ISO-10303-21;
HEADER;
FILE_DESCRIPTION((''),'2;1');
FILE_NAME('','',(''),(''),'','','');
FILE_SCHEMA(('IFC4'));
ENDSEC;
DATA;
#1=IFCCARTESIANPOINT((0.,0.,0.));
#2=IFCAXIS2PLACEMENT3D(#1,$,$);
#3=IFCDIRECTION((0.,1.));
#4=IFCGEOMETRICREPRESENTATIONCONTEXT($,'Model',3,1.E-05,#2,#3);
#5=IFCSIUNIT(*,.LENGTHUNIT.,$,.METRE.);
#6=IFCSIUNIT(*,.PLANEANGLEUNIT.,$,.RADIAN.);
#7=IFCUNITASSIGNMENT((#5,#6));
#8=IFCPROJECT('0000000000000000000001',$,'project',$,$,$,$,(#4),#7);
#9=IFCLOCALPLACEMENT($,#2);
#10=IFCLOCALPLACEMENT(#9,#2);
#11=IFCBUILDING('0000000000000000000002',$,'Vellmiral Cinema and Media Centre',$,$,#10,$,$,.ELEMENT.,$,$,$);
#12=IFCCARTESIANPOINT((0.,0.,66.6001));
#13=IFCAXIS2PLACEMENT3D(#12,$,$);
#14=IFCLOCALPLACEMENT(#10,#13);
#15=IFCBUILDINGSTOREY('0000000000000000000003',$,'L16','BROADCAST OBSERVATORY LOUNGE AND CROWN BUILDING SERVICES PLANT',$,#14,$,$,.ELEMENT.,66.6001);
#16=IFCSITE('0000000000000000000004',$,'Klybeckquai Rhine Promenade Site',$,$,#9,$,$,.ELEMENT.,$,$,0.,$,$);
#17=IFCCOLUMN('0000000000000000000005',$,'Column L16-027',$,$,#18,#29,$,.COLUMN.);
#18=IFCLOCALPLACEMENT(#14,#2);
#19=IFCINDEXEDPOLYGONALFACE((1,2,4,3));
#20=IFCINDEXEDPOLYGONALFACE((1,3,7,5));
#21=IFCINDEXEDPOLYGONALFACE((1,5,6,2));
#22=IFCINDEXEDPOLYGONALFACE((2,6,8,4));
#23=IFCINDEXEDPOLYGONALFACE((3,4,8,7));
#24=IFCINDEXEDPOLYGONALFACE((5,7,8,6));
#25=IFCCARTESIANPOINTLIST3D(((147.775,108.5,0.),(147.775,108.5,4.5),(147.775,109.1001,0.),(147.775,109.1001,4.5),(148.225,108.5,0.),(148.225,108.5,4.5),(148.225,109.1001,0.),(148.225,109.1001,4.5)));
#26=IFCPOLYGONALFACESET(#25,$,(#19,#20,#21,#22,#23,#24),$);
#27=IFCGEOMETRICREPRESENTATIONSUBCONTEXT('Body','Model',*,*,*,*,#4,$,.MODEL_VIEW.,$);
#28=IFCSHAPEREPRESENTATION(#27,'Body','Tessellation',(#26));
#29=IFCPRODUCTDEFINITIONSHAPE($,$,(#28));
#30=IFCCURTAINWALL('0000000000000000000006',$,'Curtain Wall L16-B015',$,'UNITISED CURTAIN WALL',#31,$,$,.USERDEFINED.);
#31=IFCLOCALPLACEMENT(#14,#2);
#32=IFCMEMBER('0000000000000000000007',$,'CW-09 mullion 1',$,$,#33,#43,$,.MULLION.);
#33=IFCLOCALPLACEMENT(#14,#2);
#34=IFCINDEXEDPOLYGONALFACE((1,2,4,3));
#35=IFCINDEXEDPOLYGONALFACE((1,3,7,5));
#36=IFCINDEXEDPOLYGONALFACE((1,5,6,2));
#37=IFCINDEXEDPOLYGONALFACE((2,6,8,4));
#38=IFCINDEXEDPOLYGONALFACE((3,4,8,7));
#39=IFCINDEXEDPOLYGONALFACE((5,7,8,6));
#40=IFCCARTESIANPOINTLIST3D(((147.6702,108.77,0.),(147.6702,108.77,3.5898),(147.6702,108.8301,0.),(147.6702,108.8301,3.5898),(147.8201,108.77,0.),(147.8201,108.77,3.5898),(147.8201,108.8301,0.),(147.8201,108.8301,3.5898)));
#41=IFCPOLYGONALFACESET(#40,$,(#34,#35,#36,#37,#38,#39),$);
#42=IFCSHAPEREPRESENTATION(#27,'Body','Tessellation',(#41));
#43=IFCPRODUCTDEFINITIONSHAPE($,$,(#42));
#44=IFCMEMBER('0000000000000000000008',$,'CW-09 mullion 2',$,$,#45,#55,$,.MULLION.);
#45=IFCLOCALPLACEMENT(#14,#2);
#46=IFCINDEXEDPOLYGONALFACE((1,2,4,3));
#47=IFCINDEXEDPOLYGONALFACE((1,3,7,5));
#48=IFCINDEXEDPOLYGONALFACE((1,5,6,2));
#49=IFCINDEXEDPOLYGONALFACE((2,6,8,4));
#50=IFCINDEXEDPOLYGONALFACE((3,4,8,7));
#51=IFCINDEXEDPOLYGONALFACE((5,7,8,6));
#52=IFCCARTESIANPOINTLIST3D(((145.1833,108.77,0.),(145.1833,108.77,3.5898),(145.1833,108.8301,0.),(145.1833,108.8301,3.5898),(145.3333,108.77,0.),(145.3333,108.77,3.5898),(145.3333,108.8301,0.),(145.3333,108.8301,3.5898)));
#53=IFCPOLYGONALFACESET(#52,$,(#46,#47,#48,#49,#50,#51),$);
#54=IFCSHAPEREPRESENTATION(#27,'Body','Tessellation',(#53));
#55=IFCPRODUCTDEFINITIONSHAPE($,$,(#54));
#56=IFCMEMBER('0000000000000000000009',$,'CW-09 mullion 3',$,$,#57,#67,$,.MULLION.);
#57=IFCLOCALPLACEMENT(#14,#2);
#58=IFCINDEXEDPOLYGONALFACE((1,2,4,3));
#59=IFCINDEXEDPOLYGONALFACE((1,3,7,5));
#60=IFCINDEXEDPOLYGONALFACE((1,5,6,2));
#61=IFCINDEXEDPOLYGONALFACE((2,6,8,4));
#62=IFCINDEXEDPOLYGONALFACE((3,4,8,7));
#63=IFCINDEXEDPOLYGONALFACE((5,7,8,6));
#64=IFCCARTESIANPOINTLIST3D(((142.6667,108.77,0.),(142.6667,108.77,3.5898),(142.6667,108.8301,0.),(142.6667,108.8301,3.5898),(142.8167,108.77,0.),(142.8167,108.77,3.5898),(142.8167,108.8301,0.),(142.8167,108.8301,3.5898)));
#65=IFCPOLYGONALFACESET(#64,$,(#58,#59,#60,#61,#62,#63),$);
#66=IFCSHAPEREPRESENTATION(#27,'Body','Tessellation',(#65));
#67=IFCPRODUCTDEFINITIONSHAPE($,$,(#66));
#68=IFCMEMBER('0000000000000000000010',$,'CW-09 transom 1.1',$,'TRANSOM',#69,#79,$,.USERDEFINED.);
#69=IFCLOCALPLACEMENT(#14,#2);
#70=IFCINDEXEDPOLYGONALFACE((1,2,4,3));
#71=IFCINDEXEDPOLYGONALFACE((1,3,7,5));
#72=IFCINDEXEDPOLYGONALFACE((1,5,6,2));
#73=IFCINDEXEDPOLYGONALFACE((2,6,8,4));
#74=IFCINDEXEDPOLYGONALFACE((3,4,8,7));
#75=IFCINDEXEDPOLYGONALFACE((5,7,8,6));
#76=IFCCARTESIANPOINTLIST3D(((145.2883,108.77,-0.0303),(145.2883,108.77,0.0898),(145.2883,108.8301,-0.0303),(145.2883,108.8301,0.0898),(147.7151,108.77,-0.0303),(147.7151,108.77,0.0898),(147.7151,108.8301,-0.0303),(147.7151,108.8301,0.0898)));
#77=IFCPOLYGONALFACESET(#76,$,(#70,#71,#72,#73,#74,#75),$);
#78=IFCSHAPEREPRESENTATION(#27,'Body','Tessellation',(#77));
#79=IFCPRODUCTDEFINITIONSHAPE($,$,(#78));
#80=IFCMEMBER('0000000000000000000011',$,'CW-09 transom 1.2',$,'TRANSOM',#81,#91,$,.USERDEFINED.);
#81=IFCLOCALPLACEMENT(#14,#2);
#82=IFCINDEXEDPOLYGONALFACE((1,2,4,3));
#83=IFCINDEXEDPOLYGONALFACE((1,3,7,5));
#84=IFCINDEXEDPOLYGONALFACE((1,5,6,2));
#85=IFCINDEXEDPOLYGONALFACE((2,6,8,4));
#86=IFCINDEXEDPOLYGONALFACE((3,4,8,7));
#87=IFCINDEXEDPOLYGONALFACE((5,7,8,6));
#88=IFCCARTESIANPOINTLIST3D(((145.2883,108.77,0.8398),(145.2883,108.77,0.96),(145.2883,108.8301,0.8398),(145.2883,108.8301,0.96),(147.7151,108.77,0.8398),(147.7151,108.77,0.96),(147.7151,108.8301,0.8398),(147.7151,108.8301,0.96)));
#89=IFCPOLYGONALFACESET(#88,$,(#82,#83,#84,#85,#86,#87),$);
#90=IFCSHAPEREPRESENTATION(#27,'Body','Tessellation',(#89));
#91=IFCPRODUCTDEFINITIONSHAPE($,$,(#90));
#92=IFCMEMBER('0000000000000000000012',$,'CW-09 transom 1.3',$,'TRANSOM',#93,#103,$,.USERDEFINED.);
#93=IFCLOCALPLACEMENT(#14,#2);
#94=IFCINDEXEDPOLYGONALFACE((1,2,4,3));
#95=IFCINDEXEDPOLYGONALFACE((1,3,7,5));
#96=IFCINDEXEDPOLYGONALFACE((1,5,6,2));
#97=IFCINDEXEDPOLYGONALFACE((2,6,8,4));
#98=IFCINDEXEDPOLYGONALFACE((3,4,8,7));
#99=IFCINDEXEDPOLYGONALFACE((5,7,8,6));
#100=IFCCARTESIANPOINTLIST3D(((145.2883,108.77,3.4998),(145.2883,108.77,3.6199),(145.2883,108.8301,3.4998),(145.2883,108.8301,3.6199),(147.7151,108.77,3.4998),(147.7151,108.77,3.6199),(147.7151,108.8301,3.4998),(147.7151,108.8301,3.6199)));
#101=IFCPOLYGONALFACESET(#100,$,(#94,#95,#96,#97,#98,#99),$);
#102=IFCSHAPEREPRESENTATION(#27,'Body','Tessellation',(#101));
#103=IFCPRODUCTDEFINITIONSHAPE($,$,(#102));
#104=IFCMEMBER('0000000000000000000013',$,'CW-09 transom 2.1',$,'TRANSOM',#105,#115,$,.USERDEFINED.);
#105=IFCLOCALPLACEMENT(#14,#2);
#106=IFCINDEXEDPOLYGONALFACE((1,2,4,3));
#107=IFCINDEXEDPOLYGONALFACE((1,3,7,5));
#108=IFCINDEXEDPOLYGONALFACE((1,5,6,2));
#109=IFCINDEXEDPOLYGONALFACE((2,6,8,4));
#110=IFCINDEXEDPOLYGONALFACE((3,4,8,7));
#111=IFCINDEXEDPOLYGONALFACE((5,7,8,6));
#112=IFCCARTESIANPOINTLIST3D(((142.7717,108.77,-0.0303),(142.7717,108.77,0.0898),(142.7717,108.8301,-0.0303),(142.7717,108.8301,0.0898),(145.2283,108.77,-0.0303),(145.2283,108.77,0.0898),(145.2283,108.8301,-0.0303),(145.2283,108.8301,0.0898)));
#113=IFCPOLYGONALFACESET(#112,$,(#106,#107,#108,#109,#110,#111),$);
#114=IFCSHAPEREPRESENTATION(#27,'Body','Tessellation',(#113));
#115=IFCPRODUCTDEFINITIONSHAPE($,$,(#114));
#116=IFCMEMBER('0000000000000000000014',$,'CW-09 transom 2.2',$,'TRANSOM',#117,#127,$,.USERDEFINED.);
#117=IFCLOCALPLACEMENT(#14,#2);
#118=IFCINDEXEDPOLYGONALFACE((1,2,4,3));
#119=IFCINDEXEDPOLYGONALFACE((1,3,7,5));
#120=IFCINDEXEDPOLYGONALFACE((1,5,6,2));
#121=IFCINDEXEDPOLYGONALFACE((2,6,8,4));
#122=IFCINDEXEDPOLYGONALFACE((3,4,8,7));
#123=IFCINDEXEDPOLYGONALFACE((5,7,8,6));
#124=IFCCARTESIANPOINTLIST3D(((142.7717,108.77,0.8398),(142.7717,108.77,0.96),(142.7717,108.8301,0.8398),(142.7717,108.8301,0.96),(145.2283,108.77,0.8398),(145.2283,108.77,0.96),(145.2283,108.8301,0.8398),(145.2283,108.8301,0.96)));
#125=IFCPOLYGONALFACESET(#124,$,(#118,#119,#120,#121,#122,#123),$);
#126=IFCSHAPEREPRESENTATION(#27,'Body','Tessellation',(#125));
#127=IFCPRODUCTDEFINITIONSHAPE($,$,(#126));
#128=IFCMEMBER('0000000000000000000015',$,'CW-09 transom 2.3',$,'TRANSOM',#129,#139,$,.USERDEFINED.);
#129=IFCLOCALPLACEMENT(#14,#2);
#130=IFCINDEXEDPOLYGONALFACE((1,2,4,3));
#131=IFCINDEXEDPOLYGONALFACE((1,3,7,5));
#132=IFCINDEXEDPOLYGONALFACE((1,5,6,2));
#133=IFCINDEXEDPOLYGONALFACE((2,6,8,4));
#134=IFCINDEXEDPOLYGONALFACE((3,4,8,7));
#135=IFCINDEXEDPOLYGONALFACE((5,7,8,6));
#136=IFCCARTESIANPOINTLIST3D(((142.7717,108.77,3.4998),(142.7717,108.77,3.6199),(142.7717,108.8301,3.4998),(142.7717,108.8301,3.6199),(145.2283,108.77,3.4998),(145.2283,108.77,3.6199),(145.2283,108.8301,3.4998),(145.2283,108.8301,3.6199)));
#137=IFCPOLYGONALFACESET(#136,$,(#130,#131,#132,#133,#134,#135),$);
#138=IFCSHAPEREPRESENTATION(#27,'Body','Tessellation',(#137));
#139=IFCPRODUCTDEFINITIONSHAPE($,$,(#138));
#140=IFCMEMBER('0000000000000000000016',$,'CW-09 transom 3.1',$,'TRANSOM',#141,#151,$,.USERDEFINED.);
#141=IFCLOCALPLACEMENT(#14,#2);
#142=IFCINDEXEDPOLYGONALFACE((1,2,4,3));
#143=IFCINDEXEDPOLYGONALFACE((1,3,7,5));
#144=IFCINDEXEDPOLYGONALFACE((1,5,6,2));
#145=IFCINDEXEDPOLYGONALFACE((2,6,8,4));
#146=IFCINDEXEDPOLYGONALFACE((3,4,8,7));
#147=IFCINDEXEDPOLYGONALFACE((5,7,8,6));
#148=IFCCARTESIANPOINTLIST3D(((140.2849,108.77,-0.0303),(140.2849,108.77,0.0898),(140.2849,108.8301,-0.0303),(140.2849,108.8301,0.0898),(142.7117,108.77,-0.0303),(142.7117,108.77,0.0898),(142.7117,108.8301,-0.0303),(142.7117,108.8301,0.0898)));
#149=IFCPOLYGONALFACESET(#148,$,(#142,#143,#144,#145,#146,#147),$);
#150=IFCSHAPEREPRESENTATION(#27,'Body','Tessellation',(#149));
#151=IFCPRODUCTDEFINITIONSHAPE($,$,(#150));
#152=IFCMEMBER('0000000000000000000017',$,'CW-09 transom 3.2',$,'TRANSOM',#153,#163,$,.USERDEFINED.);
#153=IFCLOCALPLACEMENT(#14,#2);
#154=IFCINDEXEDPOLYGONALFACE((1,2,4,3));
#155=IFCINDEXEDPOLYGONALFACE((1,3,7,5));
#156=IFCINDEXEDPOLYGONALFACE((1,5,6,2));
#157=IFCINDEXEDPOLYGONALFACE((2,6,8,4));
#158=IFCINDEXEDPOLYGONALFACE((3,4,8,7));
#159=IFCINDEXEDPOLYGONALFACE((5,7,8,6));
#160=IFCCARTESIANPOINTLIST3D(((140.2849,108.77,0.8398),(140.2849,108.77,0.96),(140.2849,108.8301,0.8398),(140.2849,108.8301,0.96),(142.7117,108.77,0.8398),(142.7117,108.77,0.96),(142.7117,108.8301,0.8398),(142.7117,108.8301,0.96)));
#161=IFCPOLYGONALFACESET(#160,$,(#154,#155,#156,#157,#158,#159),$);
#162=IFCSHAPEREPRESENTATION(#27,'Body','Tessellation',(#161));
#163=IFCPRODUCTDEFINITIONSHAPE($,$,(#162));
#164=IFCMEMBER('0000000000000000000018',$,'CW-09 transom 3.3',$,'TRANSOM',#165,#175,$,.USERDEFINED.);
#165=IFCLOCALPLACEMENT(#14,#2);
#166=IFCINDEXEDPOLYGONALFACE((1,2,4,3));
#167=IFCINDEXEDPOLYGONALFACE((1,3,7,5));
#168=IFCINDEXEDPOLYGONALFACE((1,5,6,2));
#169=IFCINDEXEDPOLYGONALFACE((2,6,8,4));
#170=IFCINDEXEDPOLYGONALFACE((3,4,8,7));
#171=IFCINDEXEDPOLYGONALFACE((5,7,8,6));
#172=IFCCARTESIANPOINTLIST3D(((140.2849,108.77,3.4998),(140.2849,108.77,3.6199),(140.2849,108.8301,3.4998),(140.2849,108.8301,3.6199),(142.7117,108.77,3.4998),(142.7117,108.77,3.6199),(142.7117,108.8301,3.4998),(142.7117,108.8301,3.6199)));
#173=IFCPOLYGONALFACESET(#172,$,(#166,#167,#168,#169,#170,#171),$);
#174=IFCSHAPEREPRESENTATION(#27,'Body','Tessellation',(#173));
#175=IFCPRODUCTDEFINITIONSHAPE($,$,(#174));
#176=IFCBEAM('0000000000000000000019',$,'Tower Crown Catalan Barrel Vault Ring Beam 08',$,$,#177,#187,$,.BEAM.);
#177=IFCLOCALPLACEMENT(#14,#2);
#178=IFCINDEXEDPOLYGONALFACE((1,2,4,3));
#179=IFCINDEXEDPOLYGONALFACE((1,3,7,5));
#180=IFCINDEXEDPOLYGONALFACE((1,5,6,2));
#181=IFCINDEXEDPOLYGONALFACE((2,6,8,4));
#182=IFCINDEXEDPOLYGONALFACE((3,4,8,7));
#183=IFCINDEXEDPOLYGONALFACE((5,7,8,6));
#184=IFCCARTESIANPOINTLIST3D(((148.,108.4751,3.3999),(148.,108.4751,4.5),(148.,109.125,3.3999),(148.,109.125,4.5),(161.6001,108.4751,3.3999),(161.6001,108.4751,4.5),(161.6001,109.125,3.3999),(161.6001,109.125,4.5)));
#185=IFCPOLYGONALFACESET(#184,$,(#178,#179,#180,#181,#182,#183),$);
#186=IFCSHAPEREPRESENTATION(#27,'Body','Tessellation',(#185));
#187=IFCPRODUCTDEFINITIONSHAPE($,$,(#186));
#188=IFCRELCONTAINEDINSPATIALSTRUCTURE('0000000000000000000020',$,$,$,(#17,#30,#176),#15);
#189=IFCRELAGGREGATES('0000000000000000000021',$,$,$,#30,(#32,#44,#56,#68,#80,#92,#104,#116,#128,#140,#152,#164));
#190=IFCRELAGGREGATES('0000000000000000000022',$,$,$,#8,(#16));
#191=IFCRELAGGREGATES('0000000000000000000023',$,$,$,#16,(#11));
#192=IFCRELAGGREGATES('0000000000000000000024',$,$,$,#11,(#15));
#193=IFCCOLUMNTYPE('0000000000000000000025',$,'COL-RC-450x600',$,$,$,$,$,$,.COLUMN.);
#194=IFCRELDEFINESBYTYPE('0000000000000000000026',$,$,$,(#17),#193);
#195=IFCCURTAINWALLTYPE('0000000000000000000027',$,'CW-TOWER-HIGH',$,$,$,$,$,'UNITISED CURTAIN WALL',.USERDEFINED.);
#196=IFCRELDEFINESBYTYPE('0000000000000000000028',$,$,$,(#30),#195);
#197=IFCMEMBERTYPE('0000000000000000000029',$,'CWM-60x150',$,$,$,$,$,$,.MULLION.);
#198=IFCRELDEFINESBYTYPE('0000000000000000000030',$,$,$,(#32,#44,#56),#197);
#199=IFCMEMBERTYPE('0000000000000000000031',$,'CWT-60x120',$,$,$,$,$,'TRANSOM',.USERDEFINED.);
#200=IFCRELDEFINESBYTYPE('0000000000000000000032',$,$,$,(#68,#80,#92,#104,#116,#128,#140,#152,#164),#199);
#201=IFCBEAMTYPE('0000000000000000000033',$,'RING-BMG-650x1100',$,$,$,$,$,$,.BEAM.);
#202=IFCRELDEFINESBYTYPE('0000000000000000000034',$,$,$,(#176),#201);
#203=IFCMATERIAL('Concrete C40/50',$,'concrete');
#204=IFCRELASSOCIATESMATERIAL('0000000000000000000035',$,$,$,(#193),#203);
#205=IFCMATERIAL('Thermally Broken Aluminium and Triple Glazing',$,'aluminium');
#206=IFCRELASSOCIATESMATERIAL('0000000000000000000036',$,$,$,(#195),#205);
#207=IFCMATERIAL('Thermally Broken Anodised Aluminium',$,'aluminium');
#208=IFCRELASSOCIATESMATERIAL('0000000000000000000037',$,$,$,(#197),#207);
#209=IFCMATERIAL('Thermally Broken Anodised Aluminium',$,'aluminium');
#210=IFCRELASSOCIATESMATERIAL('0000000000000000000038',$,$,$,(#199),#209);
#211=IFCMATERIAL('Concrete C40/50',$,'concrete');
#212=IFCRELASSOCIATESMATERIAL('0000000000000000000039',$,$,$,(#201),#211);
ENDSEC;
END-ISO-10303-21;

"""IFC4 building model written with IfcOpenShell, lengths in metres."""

from ifc_helpers import new_model, si_unit, direction, frame, origin, origin_2d, place, context, subcontext, project, spatial, rectangle, extrude, material, material_profile, profile_set, type_object, element, aggregate, save


model = new_model("IFC4")

# Units and contexts
model_context = context("Model", 3, precision=1e-05, world=origin(), true_north=direction((0.0, 1.0)))
body_context = subcontext(model_context, "Body", "Model", "MODEL_VIEW")
ifc_project = project(units=[si_unit("LENGTHUNIT", "METRE"), si_unit("PLANEANGLEUNIT", "RADIAN")], contexts=[model_context])

# Site, building, storey
site_placement = place(None, origin())
site = spatial("IfcSite", under=ifc_project, at=site_placement, Name="Klybeckquai Rhine Promenade Site", CompositionType="ELEMENT", RefElevation=0.0)
building_placement = place(site_placement, origin())
building = spatial("IfcBuilding", under=site, at=building_placement, Name="Vellmiral Cinema and Media Centre", CompositionType="ELEMENT")
storey_placement = place(building_placement, frame((0.0, 0.0, 66.6001)))
storey = spatial("IfcBuildingStorey", under=building, at=storey_placement, Name="L16", Description="BROADCAST OBSERVATORY LOUNGE AND CROWN BUILDING SERVICES PLANT", CompositionType="ELEMENT", Elevation=66.6001)

# Column
ifc_material_1 = material(Name="Concrete C40/50", Category="concrete")
ifc_material_profile_1 = material_profile(ifc_material_1, rectangle(XDim=0.45, YDim=0.6001, at=origin_2d()), Name="RC 450x600")
ifc_profile_set_1 = profile_set([ifc_material_profile_1], Name="Concrete C40/50")
column_type = type_object("IfcColumnType", Name="COL-RC-450x600", PredefinedType="COLUMN", material=ifc_profile_set_1)
column_placement = place(storey_placement, frame((148.0, 108.8, 0.0), z_axis=(0.0, 0.0, 1.0), x_axis=(1.0, 0.0, 0.0)))
element("IfcColumn", 1, at=column_placement, inside=storey, type_object=column_type, Name="Column L16-027", PredefinedType="COLUMN", context=body_context, shape_type="SweptSolid", body=[
    extrude(rectangle(XDim=0.45, YDim=0.6001, at=origin_2d()), origin(), (0.0, 0.0, 1.0), 4.5),
])

# Curtain wall, members
ifc_material_2 = material(Name="Thermally Broken Aluminium and Triple Glazing", Category="aluminium")
curtain_wall_type = type_object("IfcCurtainWallType", Name="CW-TOWER-HIGH", ElementType="UNITISED CURTAIN WALL", PredefinedType="USERDEFINED", material=ifc_material_2)
curtain_wall_placement = place(storey_placement, origin())
curtain_wall = element("IfcCurtainWall", 2, at=curtain_wall_placement, inside=storey, type_object=curtain_wall_type, Name="Curtain Wall L16-B015", ObjectType="UNITISED CURTAIN WALL", PredefinedType="USERDEFINED")
ifc_material_3 = material(Name="Thermally Broken Anodised Aluminium", Category="aluminium")
ifc_material_profile_2 = material_profile(ifc_material_3, rectangle(XDim=0.0601, YDim=0.1499, at=origin_2d()), Name="MULL 60x150")
ifc_profile_set_2 = profile_set([ifc_material_profile_2], Name="Thermally Broken Anodised Aluminium")
member_type_1 = type_object("IfcMemberType", Name="CWM-60x150", PredefinedType="MULLION", material=ifc_profile_set_2)
member_1_placement = place(storey_placement, frame((147.7451, 108.8, 0.0), z_axis=(0.0, 0.0, 1.0), x_axis=(0.0, -1.0, 0.0)))
member_1 = element("IfcMember", 3, at=member_1_placement, type_object=member_type_1, Name="CW-09 mullion 1", PredefinedType="MULLION", context=body_context, shape_type="SweptSolid", body=[
    extrude(rectangle(XDim=0.0601, YDim=0.1499, at=origin_2d()), origin(), (0.0, 0.0, 1.0), 3.5898),
])
member_2_placement = place(storey_placement, frame((145.2583, 108.8, 0.0), z_axis=(0.0, 0.0, 1.0), x_axis=(0.0, -1.0, 0.0)))
member_2 = element("IfcMember", 4, at=member_2_placement, type_object=member_type_1, Name="CW-09 mullion 2", PredefinedType="MULLION", context=body_context, shape_type="SweptSolid", body=[
    extrude(rectangle(XDim=0.0601, YDim=0.1499, at=origin_2d()), origin(), (0.0, 0.0, 1.0), 3.5898),
])
member_3_placement = place(storey_placement, frame((142.7417, 108.8, 0.0), z_axis=(0.0, 0.0, 1.0), x_axis=(0.0, -1.0, 0.0)))
member_3 = element("IfcMember", 5, at=member_3_placement, type_object=member_type_1, Name="CW-09 mullion 3", PredefinedType="MULLION", context=body_context, shape_type="SweptSolid", body=[
    extrude(rectangle(XDim=0.0601, YDim=0.1499, at=origin_2d()), origin(), (0.0, 0.0, 1.0), 3.5898),
])
ifc_material_4 = material(Name="Thermally Broken Anodised Aluminium", Category="aluminium")
ifc_material_profile_3 = material_profile(ifc_material_4, rectangle(XDim=0.0601, YDim=0.1201, at=origin_2d()), Name="MULL 60x120")
ifc_profile_set_3 = profile_set([ifc_material_profile_3], Name="Thermally Broken Anodised Aluminium")
member_type_2 = type_object("IfcMemberType", Name="CWT-60x120", ElementType="TRANSOM", PredefinedType="USERDEFINED", material=ifc_profile_set_3)
member_4_placement = place(storey_placement, frame((147.7151, 108.8, 0.0298), z_axis=(-1.0, 0.0, 0.0), x_axis=(0.0, -1.0, 0.0)))
member_4 = element("IfcMember", 6, at=member_4_placement, type_object=member_type_2, Name="CW-09 transom 1.1", ObjectType="TRANSOM", PredefinedType="USERDEFINED", context=body_context, shape_type="SweptSolid", body=[
    extrude(rectangle(XDim=0.0601, YDim=0.1201, at=origin_2d()), origin(), (0.0, 0.0, 1.0), 2.4268),
])
member_5_placement = place(storey_placement, frame((147.7151, 108.8, 0.8999), z_axis=(-1.0, 0.0, 0.0), x_axis=(0.0, -1.0, 0.0)))
member_5 = element("IfcMember", 7, at=member_5_placement, type_object=member_type_2, Name="CW-09 transom 1.2", ObjectType="TRANSOM", PredefinedType="USERDEFINED", context=body_context, shape_type="SweptSolid", body=[
    extrude(rectangle(XDim=0.0601, YDim=0.1201, at=origin_2d()), origin(), (0.0, 0.0, 1.0), 2.4268),
])
member_6_placement = place(storey_placement, frame((147.7151, 108.8, 3.5598), z_axis=(-1.0, 0.0, 0.0), x_axis=(0.0, -1.0, 0.0)))
member_6 = element("IfcMember", 8, at=member_6_placement, type_object=member_type_2, Name="CW-09 transom 1.3", ObjectType="TRANSOM", PredefinedType="USERDEFINED", context=body_context, shape_type="SweptSolid", body=[
    extrude(rectangle(XDim=0.0601, YDim=0.1201, at=origin_2d()), origin(), (0.0, 0.0, 1.0), 2.4268),
])
member_7_placement = place(storey_placement, frame((145.2283, 108.8, 0.0298), z_axis=(-1.0, 0.0, 0.0), x_axis=(0.0, -1.0, 0.0)))
member_7 = element("IfcMember", 9, at=member_7_placement, type_object=member_type_2, Name="CW-09 transom 2.1", ObjectType="TRANSOM", PredefinedType="USERDEFINED", context=body_context, shape_type="SweptSolid", body=[
    extrude(rectangle(XDim=0.0601, YDim=0.1201, at=origin_2d()), origin(), (0.0, 0.0, 1.0), 2.4565),
])
member_8_placement = place(storey_placement, frame((145.2283, 108.8, 0.8999), z_axis=(-1.0, 0.0, 0.0), x_axis=(0.0, -1.0, 0.0)))
member_8 = element("IfcMember", 10, at=member_8_placement, type_object=member_type_2, Name="CW-09 transom 2.2", ObjectType="TRANSOM", PredefinedType="USERDEFINED", context=body_context, shape_type="SweptSolid", body=[
    extrude(rectangle(XDim=0.0601, YDim=0.1201, at=origin_2d()), origin(), (0.0, 0.0, 1.0), 2.4565),
])
member_9_placement = place(storey_placement, frame((145.2283, 108.8, 3.5598), z_axis=(-1.0, 0.0, 0.0), x_axis=(0.0, -1.0, 0.0)))
member_9 = element("IfcMember", 11, at=member_9_placement, type_object=member_type_2, Name="CW-09 transom 2.3", ObjectType="TRANSOM", PredefinedType="USERDEFINED", context=body_context, shape_type="SweptSolid", body=[
    extrude(rectangle(XDim=0.0601, YDim=0.1201, at=origin_2d()), origin(), (0.0, 0.0, 1.0), 2.4565),
])
member_10_placement = place(storey_placement, frame((142.7117, 108.8, 0.0298), z_axis=(-1.0, 0.0, 0.0), x_axis=(0.0, -1.0, 0.0)))
member_10 = element("IfcMember", 12, at=member_10_placement, type_object=member_type_2, Name="CW-09 transom 3.1", ObjectType="TRANSOM", PredefinedType="USERDEFINED", context=body_context, shape_type="SweptSolid", body=[
    extrude(rectangle(XDim=0.0601, YDim=0.1201, at=origin_2d()), origin(), (0.0, 0.0, 1.0), 2.4268),
])
member_11_placement = place(storey_placement, frame((142.7117, 108.8, 0.8999), z_axis=(-1.0, 0.0, 0.0), x_axis=(0.0, -1.0, 0.0)))
member_11 = element("IfcMember", 13, at=member_11_placement, type_object=member_type_2, Name="CW-09 transom 3.2", ObjectType="TRANSOM", PredefinedType="USERDEFINED", context=body_context, shape_type="SweptSolid", body=[
    extrude(rectangle(XDim=0.0601, YDim=0.1201, at=origin_2d()), origin(), (0.0, 0.0, 1.0), 2.4268),
])
member_12_placement = place(storey_placement, frame((142.7117, 108.8, 3.5598), z_axis=(-1.0, 0.0, 0.0), x_axis=(0.0, -1.0, 0.0)))
member_12 = element("IfcMember", 14, at=member_12_placement, type_object=member_type_2, Name="CW-09 transom 3.3", ObjectType="TRANSOM", PredefinedType="USERDEFINED", context=body_context, shape_type="SweptSolid", body=[
    extrude(rectangle(XDim=0.0601, YDim=0.1201, at=origin_2d()), origin(), (0.0, 0.0, 1.0), 2.4268),
])

# Beam
ifc_material_5 = material(Name="Concrete C40/50", Category="concrete")
ifc_material_profile_4 = material_profile(ifc_material_5, rectangle(XDim=0.6499, YDim=1.1001, at=origin_2d()), Name="RC 650x1100")
ifc_profile_set_4 = profile_set([ifc_material_profile_4], Name="Concrete C40/50")
beam_type = type_object("IfcBeamType", Name="RING-BMG-650x1100", PredefinedType="BEAM", material=ifc_profile_set_4)
beam_placement = place(storey_placement, frame((148.0, 108.8, 3.95), z_axis=(1.0, 0.0, 0.0), x_axis=(0.0, 1.0, 0.0)))
element("IfcBeam", 15, at=beam_placement, inside=storey, type_object=beam_type, Name="Tower Crown Catalan Barrel Vault Ring Beam 08", PredefinedType="BEAM", context=body_context, shape_type="SweptSolid", body=[
    extrude(rectangle(XDim=0.6499, YDim=1.1001, at=origin_2d()), origin(), (0.0, 0.0, 1.0), 13.6001),
])

aggregate(curtain_wall, [member_1, member_2, member_3, member_4, member_5, member_6, member_7, member_8, member_9, member_10, member_11, member_12])

save(model, "model.ifc")
